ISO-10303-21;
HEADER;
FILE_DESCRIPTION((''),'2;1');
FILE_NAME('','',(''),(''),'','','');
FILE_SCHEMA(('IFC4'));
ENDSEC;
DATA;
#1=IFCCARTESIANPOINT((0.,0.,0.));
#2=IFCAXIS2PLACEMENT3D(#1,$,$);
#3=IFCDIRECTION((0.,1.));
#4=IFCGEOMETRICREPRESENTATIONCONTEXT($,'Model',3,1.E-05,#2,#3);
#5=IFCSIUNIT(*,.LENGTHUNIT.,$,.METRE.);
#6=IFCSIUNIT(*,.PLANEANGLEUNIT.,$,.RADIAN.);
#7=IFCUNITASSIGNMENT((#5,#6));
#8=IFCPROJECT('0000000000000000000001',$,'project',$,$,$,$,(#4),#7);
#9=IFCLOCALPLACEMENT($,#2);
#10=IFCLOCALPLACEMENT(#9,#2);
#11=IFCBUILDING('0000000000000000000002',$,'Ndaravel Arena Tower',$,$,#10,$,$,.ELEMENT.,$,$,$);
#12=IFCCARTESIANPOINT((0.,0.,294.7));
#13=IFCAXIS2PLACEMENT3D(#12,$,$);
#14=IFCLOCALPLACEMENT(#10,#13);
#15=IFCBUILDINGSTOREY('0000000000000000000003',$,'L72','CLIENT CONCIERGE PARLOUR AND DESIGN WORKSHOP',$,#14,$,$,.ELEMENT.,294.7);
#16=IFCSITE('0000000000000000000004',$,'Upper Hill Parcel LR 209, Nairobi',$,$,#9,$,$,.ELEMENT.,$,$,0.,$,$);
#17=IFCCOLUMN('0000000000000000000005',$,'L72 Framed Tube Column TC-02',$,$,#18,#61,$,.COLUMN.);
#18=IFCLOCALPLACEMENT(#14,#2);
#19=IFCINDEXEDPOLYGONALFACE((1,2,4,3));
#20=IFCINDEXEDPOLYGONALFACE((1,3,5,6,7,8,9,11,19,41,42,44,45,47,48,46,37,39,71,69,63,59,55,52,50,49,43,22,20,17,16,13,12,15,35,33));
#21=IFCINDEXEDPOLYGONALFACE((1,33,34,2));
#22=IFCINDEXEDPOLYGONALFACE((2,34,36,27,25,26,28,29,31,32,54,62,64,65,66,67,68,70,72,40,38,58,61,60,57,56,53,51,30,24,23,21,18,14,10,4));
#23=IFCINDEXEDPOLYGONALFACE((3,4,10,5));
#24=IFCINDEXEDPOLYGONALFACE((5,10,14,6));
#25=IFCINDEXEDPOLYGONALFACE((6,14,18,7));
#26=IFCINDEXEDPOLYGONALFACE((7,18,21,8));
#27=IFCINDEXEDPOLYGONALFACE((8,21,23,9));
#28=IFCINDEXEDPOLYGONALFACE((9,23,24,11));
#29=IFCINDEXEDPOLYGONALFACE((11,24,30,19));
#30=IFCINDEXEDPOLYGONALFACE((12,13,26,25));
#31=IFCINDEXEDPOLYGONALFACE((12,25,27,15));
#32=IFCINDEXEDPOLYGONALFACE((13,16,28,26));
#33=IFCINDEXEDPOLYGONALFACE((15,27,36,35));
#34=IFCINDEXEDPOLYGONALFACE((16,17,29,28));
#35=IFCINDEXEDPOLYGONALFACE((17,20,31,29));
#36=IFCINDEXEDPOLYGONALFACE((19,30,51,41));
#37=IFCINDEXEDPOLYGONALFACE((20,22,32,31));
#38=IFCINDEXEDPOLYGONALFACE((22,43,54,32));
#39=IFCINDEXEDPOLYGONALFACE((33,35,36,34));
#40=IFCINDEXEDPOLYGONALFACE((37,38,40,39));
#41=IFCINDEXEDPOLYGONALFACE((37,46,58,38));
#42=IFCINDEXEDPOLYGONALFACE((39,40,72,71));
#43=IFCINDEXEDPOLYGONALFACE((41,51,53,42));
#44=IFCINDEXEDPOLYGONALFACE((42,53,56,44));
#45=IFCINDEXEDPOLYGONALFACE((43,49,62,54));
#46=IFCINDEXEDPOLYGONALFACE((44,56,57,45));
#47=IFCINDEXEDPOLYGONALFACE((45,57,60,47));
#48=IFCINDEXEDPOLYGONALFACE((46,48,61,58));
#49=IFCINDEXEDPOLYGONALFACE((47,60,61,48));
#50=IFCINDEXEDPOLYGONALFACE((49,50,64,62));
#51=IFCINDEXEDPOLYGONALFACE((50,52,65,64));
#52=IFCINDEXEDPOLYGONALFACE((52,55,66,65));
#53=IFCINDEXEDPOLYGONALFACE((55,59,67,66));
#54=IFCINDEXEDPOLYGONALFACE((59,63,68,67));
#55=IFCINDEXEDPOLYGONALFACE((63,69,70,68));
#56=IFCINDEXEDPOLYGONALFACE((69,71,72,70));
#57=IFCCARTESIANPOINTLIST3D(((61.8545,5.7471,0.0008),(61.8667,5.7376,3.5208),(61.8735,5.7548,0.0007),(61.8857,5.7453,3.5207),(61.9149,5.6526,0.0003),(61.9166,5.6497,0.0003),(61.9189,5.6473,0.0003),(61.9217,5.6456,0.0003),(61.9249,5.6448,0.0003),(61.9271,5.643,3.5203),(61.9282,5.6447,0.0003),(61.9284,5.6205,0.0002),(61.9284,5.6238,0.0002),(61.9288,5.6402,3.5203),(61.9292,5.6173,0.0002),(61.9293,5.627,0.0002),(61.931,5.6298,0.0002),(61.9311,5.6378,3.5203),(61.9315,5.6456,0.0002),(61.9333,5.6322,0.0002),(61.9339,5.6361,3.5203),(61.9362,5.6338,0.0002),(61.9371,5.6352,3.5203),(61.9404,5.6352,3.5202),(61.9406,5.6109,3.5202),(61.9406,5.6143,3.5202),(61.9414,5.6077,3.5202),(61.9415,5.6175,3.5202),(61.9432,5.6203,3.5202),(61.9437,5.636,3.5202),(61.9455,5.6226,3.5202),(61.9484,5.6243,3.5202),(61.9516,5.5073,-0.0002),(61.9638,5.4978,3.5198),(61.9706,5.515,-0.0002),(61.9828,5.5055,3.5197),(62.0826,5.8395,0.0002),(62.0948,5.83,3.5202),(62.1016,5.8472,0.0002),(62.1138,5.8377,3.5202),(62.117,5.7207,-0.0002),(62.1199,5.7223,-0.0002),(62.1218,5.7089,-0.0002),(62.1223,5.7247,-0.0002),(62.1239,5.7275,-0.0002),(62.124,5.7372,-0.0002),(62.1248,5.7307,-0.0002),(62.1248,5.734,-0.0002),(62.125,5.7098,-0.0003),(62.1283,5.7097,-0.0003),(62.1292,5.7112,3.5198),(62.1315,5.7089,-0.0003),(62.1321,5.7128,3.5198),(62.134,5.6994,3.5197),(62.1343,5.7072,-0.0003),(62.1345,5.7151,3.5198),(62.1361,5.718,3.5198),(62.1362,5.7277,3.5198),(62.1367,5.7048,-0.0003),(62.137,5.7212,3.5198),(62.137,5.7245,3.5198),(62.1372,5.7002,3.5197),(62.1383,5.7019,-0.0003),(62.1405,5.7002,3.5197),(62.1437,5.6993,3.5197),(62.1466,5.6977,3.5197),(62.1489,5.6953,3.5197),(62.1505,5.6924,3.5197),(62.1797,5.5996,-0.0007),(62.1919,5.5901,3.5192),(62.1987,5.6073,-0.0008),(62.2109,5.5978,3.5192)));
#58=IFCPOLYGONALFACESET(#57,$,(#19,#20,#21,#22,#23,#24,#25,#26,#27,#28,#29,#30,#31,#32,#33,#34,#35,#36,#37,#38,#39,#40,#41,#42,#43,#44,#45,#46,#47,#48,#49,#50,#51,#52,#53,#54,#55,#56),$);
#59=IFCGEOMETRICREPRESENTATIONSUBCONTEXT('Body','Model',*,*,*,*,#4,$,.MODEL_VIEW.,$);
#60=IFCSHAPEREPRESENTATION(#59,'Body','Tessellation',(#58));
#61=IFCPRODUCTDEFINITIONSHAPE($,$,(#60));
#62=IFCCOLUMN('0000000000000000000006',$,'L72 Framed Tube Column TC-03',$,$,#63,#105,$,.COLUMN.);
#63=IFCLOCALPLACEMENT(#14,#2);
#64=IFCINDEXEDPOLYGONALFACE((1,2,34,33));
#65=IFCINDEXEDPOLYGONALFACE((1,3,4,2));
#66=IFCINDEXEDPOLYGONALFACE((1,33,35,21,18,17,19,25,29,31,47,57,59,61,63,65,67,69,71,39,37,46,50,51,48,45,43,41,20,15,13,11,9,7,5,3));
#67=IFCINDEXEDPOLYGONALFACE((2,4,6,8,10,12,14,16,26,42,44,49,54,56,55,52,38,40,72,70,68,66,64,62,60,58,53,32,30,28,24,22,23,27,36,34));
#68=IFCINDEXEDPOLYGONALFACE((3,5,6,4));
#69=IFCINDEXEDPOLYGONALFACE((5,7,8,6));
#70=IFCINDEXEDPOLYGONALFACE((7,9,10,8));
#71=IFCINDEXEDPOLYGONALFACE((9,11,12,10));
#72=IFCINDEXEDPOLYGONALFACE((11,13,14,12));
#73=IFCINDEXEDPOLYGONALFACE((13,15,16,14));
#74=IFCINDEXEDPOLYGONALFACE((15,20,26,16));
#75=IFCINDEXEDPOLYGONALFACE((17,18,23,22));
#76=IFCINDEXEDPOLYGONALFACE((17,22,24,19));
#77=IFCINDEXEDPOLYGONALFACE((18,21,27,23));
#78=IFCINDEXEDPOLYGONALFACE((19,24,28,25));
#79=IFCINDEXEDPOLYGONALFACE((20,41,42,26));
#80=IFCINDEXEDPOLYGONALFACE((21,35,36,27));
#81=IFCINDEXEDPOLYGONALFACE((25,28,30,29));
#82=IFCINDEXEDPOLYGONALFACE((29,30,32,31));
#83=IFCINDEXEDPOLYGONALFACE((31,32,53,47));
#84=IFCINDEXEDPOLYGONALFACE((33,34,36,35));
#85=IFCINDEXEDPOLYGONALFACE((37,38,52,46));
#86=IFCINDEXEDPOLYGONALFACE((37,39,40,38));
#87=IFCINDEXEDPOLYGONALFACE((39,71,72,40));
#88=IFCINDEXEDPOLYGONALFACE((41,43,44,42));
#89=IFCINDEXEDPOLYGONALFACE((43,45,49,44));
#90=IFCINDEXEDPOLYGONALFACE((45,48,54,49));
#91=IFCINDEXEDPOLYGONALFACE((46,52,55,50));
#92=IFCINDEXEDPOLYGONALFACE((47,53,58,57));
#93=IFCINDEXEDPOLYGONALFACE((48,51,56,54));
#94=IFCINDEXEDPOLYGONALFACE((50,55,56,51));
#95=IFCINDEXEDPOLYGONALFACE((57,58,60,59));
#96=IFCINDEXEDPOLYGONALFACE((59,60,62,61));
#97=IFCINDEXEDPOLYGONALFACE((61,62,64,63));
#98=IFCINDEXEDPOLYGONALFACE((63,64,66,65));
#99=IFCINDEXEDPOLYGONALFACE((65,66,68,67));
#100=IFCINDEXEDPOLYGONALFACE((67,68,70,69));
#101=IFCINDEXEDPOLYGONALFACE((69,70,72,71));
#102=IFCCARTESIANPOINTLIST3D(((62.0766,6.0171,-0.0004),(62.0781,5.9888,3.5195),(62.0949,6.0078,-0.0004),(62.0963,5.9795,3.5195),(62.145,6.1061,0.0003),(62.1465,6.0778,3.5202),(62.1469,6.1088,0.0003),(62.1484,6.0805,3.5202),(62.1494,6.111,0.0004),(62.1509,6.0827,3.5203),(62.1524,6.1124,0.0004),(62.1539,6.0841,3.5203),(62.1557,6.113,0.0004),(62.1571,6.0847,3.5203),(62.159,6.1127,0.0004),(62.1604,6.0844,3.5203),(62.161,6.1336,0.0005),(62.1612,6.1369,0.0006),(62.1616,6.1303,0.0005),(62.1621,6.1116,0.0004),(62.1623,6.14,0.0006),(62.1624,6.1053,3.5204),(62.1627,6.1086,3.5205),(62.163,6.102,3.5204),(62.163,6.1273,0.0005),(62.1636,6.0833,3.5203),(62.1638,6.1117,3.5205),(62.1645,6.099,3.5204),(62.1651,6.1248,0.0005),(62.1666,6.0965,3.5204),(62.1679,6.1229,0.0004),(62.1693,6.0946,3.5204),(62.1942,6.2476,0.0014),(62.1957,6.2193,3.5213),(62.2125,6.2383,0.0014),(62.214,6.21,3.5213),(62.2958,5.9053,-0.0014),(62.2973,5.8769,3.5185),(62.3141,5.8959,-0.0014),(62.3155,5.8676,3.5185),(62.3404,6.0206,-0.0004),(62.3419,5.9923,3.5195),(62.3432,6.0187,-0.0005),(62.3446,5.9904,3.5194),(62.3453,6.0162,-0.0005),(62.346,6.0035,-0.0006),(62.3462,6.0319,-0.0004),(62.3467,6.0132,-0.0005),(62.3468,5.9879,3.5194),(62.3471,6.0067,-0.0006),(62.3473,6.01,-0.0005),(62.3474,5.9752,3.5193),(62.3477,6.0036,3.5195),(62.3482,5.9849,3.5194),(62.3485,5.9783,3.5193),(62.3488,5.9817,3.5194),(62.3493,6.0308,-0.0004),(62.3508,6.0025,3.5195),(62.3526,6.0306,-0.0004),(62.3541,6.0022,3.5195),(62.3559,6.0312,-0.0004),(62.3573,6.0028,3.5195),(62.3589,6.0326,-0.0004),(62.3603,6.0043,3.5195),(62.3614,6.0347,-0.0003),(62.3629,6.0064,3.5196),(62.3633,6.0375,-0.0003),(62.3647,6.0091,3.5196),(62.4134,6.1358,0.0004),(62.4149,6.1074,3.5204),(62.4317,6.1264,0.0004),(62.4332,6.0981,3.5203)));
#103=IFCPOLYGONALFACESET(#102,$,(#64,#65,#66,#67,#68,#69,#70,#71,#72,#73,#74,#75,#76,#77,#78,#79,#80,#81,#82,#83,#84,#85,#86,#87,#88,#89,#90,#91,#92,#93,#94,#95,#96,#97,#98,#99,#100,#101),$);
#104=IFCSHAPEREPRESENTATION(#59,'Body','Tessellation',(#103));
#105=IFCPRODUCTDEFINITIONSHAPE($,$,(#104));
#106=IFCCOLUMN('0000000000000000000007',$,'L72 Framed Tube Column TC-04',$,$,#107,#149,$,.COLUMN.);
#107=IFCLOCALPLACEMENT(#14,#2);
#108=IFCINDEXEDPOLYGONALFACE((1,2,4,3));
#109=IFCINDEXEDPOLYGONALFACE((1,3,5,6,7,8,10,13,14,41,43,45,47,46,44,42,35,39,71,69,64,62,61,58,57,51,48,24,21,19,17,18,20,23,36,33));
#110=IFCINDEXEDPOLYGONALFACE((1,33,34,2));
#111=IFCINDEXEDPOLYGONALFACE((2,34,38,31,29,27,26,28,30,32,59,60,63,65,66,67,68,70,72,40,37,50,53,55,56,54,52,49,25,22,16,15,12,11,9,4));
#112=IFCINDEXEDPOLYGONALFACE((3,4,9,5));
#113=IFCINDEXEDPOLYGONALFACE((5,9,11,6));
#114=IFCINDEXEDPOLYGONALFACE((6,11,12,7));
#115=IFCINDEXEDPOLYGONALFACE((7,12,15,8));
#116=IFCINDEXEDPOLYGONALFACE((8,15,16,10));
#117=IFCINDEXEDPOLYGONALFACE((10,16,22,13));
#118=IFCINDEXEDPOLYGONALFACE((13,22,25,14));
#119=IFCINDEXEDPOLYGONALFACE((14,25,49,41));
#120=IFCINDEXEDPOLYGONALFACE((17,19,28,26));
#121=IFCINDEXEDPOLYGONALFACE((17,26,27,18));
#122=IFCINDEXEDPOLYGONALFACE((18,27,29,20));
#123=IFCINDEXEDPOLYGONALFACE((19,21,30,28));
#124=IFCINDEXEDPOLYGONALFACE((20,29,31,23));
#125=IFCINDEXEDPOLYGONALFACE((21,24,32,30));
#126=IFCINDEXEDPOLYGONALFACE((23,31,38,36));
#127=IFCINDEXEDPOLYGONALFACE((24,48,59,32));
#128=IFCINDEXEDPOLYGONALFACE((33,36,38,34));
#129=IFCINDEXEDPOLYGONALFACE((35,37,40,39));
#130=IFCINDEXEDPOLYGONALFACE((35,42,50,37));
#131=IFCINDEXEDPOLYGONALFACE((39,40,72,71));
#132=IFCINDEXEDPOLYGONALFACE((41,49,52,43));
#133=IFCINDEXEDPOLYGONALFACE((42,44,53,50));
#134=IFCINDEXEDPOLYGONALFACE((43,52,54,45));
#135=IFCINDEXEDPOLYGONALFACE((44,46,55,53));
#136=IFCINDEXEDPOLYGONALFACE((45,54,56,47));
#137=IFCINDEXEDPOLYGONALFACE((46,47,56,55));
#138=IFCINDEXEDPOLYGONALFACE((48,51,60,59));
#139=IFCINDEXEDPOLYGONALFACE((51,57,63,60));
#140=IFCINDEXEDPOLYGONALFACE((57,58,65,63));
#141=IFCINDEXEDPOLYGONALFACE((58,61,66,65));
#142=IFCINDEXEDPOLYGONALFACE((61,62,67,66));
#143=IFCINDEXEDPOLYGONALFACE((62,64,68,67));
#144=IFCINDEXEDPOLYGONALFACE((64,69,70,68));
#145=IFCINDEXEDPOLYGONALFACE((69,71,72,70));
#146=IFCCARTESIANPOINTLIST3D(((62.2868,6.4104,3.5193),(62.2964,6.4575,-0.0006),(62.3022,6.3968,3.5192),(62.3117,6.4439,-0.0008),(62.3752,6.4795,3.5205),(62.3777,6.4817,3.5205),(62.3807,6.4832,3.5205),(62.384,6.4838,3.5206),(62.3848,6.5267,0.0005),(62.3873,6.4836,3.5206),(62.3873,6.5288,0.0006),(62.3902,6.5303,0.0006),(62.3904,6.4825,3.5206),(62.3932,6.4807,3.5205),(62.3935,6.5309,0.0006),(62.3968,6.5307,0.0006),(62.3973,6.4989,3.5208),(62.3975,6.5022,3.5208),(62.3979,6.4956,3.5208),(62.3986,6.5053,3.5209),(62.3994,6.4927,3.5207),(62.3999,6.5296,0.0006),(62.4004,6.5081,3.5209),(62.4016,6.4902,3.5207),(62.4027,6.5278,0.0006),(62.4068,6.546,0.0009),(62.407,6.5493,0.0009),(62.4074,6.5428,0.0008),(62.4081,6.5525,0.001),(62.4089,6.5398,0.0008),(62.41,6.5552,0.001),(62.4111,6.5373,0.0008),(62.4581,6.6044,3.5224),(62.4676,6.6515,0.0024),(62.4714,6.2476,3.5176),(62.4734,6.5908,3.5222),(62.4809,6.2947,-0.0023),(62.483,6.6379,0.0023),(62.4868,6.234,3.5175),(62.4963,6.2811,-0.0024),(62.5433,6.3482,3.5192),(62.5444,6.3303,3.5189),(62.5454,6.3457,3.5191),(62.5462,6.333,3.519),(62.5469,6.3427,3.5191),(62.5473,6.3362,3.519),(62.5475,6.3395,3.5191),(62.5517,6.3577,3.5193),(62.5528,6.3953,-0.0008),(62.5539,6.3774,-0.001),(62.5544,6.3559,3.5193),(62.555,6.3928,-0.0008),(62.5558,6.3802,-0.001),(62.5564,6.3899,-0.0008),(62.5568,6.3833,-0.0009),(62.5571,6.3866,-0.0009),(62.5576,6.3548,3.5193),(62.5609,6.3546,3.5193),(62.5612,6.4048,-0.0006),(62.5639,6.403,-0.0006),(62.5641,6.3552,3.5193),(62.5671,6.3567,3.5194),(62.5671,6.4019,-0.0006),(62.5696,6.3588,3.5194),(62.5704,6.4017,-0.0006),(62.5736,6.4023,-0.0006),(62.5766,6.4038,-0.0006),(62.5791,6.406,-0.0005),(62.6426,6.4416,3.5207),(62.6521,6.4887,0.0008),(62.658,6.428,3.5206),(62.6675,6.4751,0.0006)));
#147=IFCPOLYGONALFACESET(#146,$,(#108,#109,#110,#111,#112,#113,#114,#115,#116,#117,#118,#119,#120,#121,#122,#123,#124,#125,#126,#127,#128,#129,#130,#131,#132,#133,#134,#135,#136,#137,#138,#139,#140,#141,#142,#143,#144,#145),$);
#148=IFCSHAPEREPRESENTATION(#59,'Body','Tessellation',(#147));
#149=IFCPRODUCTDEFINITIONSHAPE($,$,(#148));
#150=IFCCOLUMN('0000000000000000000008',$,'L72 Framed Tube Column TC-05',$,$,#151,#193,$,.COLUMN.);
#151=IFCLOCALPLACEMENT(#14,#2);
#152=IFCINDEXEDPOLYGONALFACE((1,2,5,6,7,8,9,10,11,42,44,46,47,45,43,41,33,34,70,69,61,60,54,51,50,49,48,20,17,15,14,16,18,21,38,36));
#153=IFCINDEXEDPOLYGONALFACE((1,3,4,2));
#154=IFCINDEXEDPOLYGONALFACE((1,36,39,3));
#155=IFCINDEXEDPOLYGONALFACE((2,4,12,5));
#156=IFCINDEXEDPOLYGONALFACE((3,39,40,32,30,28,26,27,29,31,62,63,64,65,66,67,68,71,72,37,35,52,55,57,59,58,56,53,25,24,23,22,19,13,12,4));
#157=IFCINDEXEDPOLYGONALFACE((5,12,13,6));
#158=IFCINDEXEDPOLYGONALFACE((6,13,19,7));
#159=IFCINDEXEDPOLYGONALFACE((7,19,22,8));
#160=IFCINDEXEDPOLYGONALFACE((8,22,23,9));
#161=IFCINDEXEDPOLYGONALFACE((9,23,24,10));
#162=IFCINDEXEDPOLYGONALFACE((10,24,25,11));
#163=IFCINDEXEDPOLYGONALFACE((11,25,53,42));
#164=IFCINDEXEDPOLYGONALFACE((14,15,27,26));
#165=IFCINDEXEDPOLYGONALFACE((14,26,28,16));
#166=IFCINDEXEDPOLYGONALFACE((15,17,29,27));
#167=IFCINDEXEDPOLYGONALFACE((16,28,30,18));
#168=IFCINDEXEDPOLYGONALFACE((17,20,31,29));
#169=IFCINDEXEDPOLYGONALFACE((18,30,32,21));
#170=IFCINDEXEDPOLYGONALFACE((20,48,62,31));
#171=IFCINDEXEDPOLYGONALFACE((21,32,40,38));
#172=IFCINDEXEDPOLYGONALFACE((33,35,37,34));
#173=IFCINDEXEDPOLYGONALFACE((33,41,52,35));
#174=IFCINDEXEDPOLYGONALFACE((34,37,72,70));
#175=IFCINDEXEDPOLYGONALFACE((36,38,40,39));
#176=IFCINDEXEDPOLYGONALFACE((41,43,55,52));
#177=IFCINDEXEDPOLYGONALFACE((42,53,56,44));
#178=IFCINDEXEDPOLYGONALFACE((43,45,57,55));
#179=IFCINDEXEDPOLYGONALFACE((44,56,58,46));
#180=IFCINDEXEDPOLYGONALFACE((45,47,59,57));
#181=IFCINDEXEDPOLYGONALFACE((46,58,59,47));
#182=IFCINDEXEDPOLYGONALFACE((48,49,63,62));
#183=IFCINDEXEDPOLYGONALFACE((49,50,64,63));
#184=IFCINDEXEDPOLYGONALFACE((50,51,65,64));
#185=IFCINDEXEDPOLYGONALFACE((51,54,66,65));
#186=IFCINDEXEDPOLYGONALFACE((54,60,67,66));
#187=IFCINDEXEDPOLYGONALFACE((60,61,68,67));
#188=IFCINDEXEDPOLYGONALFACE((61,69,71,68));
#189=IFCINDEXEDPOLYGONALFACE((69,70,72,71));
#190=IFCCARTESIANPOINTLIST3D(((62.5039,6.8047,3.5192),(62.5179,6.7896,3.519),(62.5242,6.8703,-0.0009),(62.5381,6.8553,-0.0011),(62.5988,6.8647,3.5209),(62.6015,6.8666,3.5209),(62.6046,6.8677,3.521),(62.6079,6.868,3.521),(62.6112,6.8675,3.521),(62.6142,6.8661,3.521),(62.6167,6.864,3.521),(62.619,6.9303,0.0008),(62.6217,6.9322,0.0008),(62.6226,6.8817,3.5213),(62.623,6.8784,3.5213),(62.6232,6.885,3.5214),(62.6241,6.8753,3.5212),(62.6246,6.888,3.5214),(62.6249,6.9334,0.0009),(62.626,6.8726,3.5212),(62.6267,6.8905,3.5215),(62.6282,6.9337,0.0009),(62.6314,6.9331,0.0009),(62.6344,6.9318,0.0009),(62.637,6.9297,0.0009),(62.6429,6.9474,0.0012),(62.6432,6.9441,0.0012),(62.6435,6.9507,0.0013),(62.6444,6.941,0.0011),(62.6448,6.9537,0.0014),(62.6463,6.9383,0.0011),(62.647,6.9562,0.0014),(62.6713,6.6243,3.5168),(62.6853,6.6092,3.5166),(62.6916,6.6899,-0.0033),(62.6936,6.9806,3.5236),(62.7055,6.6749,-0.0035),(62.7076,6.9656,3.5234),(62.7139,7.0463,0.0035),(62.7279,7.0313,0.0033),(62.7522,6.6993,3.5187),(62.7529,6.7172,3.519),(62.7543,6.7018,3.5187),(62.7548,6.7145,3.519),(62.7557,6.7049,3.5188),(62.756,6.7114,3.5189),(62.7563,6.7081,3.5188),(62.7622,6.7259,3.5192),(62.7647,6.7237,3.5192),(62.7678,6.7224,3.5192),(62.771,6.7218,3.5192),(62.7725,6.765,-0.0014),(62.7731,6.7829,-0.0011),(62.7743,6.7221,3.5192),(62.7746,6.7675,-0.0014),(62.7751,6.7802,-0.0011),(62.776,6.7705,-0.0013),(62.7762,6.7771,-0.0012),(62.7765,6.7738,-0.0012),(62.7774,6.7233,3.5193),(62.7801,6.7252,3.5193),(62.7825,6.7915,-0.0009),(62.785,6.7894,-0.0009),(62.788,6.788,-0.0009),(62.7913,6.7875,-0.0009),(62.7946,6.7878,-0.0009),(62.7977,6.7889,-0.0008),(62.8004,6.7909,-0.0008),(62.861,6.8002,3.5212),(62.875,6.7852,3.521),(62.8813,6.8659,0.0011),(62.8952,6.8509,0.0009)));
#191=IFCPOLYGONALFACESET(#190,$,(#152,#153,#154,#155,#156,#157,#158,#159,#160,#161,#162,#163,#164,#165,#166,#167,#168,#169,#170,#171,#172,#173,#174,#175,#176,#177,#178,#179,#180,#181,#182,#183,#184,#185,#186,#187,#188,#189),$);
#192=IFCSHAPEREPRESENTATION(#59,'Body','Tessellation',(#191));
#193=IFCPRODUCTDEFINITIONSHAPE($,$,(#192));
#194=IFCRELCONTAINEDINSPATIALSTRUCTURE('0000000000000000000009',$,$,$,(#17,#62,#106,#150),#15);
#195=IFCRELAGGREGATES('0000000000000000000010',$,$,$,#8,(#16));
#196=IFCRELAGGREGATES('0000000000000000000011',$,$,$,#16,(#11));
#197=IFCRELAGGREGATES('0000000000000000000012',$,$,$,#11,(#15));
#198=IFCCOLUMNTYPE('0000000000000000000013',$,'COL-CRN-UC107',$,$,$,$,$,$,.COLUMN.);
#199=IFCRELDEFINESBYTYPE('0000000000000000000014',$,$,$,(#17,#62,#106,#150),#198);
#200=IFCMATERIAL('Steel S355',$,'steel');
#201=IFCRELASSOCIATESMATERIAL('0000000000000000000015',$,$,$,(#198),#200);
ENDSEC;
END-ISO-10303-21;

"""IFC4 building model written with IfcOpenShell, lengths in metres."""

from ifc_helpers import new_model, si_unit, direction, frame, origin, origin_2d, place, context, subcontext, project, spatial, i_section, extrude, material, material_profile, profile_set, type_object, element, save


model = new_model("IFC4")

# Units and contexts
model_context = context("Model", 3, precision=1e-05, world=origin(), true_north=direction((0.0, 1.0)))
body_context = subcontext(model_context, "Body", "Model", "MODEL_VIEW")
ifc_project = project(units=[si_unit("LENGTHUNIT", "METRE"), si_unit("PLANEANGLEUNIT", "RADIAN")], contexts=[model_context])

# Site, building, storey
site_placement = place(None, origin())
site = spatial("IfcSite", under=ifc_project, at=site_placement, Name="Upper Hill Parcel LR 209, Nairobi", CompositionType="ELEMENT", RefElevation=0.0)
building_placement = place(site_placement, origin())
building = spatial("IfcBuilding", under=site, at=building_placement, Name="Ndaravel Arena Tower", CompositionType="ELEMENT")
storey_placement = place(building_placement, frame((0.0, 0.0, 294.7)))
storey = spatial("IfcBuildingStorey", under=building, at=storey_placement, Name="L72", Description="CLIENT CONCIERGE PARLOUR AND DESIGN WORKSHOP", CompositionType="ELEMENT", Elevation=294.7)

# Columns
ifc_material_1 = material(Name="Steel S355", Category="steel")
ifc_material_profile_1 = material_profile(ifc_material_1, i_section(OverallWidth=0.2588, OverallDepth=0.2666, WebThickness=0.0127, FlangeThickness=0.0205, FilletRadius=0.0127, at=origin_2d()), Name="UC 254x254x107")
ifc_profile_set_1 = profile_set([ifc_material_profile_1], Name="Steel S355")
column_type = type_object("IfcColumnType", Name="COL-CRN-UC107", PredefinedType="COLUMN", material=ifc_profile_set_1)
for number, where, z_axis, x_axis, name in (
    (1, (62.0266, 5.6772, 0.0), (0.003468, -0.002705, 0.99999), (-0.375341, 0.926879, 0.003809), "L72 Framed Tube Column TC-02"),
    (2, (62.2542, 6.0718, 0.0), (0.000416, -0.008045, 0.999968), (0.454599, 0.890669, 0.006977), "L72 Framed Tube Column TC-03"),
):
    element("IfcColumn", number, at=place(storey_placement, frame(where, z_axis=z_axis, x_axis=x_axis)), inside=storey, type_object=column_type, Name=name, PredefinedType="COLUMN", context=body_context, shape_type="SweptSolid", body=[
        extrude(i_section(OverallWidth=0.2588, OverallDepth=0.2666, WebThickness=0.0127, FlangeThickness=0.0205, FilletRadius=0.0127, at=origin_2d()), origin(), (0.0, 0.0, 1.0), 3.52),
    ])
column_1_placement = place(storey_placement, frame((62.4819, 6.4663, 0.0), z_axis=(-0.002705, -0.013385, 0.999907), x_axis=(0.661611, 0.749754, 0.011826)))
element("IfcColumn", 3, at=column_1_placement, inside=storey, type_object=column_type, Name="L72 Framed Tube Column TC-04", PredefinedType="COLUMN", context=body_context, shape_type="SweptSolid", body=[
    extrude(i_section(OverallWidth=0.2588, OverallDepth=0.2666, WebThickness=0.0127, FlangeThickness=0.0205, FilletRadius=0.0127, at=origin_2d()), origin(), (0.0, 0.0, 1.0), 3.5203),
])
column_2_placement = place(storey_placement, frame((62.7097, 6.8606, 0.0), z_axis=(-0.005756, -0.018654, 0.999809), x_axis=(0.73306, 0.679954, 0.016906)))
element("IfcColumn", 4, at=column_2_placement, inside=storey, type_object=column_type, Name="L72 Framed Tube Column TC-05", PredefinedType="COLUMN", context=body_context, shape_type="SweptSolid", body=[
    extrude(i_section(OverallWidth=0.2588, OverallDepth=0.2666, WebThickness=0.0127, FlangeThickness=0.0205, FilletRadius=0.0127, at=origin_2d()), origin(), (0.0, 0.0, 1.0), 3.5208),
])

save(model, "model.ifc")
